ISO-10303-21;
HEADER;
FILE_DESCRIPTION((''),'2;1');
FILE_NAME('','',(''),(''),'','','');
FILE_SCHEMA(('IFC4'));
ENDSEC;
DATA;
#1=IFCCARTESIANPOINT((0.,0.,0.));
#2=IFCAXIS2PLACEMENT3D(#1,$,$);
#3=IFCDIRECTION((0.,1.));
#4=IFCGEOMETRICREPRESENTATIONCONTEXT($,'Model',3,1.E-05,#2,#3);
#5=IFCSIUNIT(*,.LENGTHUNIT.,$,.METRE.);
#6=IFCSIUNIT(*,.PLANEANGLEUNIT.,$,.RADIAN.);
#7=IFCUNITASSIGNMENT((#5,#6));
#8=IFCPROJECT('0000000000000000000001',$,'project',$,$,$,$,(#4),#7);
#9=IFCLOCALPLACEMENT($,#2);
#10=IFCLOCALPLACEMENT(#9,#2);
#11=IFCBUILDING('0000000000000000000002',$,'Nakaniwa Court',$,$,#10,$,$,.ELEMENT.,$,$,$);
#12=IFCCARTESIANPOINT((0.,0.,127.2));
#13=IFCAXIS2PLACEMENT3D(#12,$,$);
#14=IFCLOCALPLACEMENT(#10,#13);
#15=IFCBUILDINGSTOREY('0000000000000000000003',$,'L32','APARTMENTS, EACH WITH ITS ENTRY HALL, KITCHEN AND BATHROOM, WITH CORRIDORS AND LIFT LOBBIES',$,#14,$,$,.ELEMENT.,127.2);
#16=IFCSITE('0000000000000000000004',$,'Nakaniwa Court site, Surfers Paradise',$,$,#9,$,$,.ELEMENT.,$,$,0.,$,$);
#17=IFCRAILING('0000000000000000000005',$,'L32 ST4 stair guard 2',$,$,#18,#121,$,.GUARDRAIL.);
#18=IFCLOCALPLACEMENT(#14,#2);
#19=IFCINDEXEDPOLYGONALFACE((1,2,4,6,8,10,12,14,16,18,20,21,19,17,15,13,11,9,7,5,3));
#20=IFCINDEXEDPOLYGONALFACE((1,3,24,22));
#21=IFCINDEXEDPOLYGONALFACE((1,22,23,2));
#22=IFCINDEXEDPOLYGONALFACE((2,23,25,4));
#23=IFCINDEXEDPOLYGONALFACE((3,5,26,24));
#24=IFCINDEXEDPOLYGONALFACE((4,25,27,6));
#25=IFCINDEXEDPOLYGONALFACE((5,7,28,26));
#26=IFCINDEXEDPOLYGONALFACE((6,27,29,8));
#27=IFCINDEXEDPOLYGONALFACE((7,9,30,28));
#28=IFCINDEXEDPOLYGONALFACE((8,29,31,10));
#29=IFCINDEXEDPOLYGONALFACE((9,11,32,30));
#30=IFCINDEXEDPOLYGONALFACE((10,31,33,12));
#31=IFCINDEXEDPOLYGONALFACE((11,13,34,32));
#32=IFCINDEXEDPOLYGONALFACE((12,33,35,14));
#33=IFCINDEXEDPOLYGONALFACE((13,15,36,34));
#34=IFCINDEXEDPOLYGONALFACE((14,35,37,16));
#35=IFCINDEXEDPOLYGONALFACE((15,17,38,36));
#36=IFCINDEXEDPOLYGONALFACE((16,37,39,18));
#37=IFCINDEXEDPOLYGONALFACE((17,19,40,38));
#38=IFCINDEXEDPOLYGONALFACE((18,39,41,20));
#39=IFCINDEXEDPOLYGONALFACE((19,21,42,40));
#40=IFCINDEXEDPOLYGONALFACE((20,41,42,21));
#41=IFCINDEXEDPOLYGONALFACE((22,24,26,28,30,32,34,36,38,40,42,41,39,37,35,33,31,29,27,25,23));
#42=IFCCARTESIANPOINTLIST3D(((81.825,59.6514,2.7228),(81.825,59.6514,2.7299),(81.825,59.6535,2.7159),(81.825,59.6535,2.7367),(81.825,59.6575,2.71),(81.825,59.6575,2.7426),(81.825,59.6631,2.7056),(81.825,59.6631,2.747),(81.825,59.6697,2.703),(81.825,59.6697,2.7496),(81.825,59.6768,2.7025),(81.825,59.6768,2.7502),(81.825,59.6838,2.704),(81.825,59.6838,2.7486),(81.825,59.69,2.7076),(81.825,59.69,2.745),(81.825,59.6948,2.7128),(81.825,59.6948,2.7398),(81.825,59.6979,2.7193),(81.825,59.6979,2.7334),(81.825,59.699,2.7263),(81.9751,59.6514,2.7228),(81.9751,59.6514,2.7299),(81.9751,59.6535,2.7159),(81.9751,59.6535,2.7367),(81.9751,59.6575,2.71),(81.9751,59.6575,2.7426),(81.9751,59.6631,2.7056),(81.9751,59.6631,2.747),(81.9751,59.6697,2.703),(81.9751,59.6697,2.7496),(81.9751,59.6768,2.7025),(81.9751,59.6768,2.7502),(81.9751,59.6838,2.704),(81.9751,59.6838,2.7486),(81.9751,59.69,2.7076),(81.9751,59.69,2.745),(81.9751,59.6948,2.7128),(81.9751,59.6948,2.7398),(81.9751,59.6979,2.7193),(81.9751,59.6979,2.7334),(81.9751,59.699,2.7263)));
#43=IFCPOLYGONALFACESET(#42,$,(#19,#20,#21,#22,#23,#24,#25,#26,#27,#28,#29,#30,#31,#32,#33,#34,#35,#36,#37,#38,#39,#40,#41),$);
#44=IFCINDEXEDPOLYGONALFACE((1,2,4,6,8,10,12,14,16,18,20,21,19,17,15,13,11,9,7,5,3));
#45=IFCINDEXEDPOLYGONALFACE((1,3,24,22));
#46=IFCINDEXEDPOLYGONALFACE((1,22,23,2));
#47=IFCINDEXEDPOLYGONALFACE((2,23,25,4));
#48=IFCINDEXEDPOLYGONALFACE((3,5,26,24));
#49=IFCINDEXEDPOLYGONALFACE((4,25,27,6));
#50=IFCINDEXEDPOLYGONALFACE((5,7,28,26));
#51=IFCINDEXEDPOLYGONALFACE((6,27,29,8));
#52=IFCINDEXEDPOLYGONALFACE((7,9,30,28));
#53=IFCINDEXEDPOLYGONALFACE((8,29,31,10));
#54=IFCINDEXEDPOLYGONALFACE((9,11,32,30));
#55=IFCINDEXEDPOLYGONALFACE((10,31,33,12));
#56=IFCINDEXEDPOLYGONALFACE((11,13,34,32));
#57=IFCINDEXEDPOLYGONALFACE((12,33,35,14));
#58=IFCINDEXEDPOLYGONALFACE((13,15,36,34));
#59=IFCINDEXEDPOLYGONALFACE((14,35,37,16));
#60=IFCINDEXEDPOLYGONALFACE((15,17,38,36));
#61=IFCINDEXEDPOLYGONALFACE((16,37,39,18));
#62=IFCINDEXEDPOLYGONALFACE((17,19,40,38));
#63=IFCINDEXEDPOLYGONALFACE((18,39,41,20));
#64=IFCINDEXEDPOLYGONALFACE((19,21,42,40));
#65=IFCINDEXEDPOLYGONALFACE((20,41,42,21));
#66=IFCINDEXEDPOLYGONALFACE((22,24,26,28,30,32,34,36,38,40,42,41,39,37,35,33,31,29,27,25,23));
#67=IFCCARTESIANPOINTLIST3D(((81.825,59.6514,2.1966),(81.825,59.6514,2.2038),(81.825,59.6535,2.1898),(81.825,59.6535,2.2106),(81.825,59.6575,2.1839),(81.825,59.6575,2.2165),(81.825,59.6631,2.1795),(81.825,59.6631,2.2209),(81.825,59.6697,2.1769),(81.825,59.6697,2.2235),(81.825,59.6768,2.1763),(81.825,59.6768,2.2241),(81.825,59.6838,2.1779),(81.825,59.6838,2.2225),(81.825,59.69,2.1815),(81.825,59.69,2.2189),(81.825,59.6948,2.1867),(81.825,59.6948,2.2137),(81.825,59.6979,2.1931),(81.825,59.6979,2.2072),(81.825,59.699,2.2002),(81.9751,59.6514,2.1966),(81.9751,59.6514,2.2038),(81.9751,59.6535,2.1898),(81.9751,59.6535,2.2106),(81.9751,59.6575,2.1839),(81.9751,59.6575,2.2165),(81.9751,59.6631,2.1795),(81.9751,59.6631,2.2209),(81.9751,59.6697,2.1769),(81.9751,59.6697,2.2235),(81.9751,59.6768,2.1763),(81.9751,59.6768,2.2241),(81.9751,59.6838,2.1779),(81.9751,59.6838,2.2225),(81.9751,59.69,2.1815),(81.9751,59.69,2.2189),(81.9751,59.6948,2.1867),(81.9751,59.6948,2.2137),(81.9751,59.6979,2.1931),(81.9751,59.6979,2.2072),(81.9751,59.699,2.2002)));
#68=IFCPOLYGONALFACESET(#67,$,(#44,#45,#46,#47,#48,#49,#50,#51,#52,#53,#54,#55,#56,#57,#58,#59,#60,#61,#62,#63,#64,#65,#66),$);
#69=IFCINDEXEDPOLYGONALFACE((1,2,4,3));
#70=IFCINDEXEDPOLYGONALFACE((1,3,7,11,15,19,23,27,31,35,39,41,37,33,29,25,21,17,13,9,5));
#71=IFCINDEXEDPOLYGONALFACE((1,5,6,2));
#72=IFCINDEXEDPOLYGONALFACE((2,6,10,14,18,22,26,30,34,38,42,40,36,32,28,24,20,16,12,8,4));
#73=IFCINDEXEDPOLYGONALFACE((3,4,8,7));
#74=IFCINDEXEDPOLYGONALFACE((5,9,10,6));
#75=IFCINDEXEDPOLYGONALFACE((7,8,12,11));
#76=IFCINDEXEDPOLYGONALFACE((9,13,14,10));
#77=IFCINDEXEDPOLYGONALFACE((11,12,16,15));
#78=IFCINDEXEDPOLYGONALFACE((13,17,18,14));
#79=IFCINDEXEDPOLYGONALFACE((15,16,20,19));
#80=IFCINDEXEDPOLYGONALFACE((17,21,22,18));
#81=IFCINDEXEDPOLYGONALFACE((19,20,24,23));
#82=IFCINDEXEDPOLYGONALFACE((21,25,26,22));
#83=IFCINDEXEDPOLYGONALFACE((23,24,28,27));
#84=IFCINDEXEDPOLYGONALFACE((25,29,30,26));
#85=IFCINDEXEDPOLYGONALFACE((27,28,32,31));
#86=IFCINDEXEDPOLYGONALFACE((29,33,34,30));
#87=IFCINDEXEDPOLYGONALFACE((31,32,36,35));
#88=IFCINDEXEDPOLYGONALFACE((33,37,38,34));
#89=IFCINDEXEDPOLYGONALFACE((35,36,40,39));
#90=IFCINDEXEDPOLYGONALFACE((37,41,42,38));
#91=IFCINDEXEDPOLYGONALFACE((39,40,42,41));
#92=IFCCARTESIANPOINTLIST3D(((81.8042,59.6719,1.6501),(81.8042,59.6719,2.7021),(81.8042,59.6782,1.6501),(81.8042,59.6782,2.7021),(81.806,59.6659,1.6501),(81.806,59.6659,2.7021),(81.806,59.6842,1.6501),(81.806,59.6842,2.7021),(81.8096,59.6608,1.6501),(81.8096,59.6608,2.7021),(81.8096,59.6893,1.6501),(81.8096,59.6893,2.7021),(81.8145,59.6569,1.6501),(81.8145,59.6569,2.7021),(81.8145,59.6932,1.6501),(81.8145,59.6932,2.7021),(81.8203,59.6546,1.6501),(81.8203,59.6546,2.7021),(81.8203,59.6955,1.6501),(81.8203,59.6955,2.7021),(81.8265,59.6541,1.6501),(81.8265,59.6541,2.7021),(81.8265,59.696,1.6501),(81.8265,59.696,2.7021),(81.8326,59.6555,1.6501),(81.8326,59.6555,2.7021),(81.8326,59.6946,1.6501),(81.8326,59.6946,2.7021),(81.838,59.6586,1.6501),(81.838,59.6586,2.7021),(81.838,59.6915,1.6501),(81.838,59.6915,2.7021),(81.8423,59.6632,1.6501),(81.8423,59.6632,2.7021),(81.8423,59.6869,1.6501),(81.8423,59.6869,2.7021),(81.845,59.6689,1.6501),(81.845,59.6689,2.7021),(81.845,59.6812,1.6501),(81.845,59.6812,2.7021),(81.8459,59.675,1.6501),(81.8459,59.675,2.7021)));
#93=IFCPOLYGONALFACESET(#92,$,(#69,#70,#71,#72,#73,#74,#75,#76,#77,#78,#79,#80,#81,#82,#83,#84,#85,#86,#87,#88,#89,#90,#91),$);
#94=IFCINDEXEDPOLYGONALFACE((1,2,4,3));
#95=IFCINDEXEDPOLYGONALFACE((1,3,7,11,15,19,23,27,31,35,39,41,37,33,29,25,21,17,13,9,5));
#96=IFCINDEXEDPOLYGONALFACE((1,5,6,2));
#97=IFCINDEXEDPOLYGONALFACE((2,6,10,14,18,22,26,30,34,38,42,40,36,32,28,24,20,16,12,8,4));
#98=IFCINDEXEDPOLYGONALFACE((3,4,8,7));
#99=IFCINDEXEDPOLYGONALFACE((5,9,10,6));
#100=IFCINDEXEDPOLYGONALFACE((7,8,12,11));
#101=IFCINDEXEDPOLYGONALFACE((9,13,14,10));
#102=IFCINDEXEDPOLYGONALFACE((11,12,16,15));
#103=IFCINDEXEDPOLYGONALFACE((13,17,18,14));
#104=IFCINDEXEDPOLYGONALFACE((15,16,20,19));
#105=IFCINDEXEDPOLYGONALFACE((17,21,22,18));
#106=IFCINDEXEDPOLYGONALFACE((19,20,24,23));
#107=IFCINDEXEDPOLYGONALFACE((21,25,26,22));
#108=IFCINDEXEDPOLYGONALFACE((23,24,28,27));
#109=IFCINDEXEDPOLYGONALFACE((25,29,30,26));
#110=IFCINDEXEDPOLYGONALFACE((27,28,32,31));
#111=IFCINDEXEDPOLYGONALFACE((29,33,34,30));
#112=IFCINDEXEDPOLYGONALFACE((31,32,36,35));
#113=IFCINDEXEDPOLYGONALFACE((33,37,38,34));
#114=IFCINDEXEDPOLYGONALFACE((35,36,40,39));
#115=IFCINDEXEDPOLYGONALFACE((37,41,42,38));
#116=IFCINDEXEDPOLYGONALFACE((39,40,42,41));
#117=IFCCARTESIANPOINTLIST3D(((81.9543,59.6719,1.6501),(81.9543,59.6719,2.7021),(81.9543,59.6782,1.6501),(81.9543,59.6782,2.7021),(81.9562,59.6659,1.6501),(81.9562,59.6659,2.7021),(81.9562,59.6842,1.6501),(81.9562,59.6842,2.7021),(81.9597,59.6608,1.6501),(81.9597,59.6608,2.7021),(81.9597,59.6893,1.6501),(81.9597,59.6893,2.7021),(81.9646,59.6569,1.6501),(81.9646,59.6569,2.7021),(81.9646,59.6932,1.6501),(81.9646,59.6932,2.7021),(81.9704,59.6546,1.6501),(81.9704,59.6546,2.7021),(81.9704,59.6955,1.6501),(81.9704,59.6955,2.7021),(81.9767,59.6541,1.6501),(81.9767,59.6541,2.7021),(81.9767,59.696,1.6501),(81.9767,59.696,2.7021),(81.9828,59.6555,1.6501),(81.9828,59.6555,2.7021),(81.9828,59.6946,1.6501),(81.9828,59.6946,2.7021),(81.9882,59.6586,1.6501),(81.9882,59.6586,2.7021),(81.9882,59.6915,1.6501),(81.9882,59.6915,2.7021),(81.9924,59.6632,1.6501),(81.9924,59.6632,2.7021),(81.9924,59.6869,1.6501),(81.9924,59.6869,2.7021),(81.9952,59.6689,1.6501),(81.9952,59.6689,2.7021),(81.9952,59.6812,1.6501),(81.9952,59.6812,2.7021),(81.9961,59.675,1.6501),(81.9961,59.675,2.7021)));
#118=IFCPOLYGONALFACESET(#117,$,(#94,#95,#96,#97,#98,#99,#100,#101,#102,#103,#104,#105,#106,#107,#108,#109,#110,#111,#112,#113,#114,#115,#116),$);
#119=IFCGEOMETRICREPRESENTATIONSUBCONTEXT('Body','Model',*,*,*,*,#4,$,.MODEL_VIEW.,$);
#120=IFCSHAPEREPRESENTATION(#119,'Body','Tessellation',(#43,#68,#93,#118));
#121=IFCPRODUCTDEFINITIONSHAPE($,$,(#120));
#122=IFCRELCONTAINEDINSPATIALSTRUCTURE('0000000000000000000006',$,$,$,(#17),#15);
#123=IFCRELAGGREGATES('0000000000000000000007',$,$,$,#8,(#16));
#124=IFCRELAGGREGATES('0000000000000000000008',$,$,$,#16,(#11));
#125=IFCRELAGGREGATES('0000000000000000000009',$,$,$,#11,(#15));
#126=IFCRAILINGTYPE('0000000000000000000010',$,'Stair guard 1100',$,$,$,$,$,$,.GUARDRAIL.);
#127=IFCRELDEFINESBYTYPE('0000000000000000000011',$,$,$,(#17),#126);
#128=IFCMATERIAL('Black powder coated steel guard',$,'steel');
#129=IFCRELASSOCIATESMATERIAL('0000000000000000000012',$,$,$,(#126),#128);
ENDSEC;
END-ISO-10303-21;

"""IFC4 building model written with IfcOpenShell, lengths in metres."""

from ifc_helpers import new_model, si_unit, direction, frame, origin, origin_2d, place, context, subcontext, project, spatial, circle, extrude, material, type_object, element, save


model = new_model("IFC4")

# Units and contexts
model_context = context("Model", 3, precision=1e-05, world=origin(), true_north=direction((0.0, 1.0)))
body_context = subcontext(model_context, "Body", "Model", "MODEL_VIEW")
ifc_project = project(units=[si_unit("LENGTHUNIT", "METRE"), si_unit("PLANEANGLEUNIT", "RADIAN")], contexts=[model_context])

# Site, building, storey
site_placement = place(None, origin())
site = spatial("IfcSite", under=ifc_project, at=site_placement, Name="Nakaniwa Court site, Surfers Paradise", CompositionType="ELEMENT", RefElevation=0.0)
building_placement = place(site_placement, origin())
building = spatial("IfcBuilding", under=site, at=building_placement, Name="Nakaniwa Court", CompositionType="ELEMENT")
storey_placement = place(building_placement, frame((0.0, 0.0, 127.2)))
storey = spatial("IfcBuildingStorey", under=building, at=storey_placement, Name="L32", Description="APARTMENTS, EACH WITH ITS ENTRY HALL, KITCHEN AND BATHROOM, WITH CORRIDORS AND LIFT LOBBIES", CompositionType="ELEMENT", Elevation=127.2)

# Railing
ifc_material_1 = material(Name="Black powder coated steel guard", Category="steel")
railing_type_1 = type_object("IfcRailingType", Name="Stair guard 1100", PredefinedType="GUARDRAIL", material=ifc_material_1)
railing_1_placement = place(storey_placement, frame((81.825, 59.675, 1.6501)))
element("IfcRailing", 1, at=railing_1_placement, inside=storey, type_object=railing_type_1, Name="L32 ST4 stair guard 2", PredefinedType="GUARDRAIL", context=body_context, shape_type="SweptSolid", body=[
    extrude(circle(Radius=0.0239, at=origin_2d()), frame((0.0, 0.0, 1.0762), z_axis=(1.0, 0.0, 0.0), x_axis=(0.0, 1.0, 0.0)), (0.0, 0.0, 1.0), 0.1501),
    extrude(circle(Radius=0.0239, at=origin_2d()), frame((0.0, 0.0, 0.55), z_axis=(1.0, 0.0, 0.0), x_axis=(0.0, 1.0, 0.0)), (0.0, 0.0, 1.0), 0.1501),
    extrude(circle(Radius=0.021, at=origin_2d()), origin(), (0.0, 0.0, 1.0), 1.052),
    extrude(circle(Radius=0.021, at=origin_2d()), frame((0.1501, 0.0, 0.0)), (0.0, 0.0, 1.0), 1.052),
])

save(model, "model.ifc")
